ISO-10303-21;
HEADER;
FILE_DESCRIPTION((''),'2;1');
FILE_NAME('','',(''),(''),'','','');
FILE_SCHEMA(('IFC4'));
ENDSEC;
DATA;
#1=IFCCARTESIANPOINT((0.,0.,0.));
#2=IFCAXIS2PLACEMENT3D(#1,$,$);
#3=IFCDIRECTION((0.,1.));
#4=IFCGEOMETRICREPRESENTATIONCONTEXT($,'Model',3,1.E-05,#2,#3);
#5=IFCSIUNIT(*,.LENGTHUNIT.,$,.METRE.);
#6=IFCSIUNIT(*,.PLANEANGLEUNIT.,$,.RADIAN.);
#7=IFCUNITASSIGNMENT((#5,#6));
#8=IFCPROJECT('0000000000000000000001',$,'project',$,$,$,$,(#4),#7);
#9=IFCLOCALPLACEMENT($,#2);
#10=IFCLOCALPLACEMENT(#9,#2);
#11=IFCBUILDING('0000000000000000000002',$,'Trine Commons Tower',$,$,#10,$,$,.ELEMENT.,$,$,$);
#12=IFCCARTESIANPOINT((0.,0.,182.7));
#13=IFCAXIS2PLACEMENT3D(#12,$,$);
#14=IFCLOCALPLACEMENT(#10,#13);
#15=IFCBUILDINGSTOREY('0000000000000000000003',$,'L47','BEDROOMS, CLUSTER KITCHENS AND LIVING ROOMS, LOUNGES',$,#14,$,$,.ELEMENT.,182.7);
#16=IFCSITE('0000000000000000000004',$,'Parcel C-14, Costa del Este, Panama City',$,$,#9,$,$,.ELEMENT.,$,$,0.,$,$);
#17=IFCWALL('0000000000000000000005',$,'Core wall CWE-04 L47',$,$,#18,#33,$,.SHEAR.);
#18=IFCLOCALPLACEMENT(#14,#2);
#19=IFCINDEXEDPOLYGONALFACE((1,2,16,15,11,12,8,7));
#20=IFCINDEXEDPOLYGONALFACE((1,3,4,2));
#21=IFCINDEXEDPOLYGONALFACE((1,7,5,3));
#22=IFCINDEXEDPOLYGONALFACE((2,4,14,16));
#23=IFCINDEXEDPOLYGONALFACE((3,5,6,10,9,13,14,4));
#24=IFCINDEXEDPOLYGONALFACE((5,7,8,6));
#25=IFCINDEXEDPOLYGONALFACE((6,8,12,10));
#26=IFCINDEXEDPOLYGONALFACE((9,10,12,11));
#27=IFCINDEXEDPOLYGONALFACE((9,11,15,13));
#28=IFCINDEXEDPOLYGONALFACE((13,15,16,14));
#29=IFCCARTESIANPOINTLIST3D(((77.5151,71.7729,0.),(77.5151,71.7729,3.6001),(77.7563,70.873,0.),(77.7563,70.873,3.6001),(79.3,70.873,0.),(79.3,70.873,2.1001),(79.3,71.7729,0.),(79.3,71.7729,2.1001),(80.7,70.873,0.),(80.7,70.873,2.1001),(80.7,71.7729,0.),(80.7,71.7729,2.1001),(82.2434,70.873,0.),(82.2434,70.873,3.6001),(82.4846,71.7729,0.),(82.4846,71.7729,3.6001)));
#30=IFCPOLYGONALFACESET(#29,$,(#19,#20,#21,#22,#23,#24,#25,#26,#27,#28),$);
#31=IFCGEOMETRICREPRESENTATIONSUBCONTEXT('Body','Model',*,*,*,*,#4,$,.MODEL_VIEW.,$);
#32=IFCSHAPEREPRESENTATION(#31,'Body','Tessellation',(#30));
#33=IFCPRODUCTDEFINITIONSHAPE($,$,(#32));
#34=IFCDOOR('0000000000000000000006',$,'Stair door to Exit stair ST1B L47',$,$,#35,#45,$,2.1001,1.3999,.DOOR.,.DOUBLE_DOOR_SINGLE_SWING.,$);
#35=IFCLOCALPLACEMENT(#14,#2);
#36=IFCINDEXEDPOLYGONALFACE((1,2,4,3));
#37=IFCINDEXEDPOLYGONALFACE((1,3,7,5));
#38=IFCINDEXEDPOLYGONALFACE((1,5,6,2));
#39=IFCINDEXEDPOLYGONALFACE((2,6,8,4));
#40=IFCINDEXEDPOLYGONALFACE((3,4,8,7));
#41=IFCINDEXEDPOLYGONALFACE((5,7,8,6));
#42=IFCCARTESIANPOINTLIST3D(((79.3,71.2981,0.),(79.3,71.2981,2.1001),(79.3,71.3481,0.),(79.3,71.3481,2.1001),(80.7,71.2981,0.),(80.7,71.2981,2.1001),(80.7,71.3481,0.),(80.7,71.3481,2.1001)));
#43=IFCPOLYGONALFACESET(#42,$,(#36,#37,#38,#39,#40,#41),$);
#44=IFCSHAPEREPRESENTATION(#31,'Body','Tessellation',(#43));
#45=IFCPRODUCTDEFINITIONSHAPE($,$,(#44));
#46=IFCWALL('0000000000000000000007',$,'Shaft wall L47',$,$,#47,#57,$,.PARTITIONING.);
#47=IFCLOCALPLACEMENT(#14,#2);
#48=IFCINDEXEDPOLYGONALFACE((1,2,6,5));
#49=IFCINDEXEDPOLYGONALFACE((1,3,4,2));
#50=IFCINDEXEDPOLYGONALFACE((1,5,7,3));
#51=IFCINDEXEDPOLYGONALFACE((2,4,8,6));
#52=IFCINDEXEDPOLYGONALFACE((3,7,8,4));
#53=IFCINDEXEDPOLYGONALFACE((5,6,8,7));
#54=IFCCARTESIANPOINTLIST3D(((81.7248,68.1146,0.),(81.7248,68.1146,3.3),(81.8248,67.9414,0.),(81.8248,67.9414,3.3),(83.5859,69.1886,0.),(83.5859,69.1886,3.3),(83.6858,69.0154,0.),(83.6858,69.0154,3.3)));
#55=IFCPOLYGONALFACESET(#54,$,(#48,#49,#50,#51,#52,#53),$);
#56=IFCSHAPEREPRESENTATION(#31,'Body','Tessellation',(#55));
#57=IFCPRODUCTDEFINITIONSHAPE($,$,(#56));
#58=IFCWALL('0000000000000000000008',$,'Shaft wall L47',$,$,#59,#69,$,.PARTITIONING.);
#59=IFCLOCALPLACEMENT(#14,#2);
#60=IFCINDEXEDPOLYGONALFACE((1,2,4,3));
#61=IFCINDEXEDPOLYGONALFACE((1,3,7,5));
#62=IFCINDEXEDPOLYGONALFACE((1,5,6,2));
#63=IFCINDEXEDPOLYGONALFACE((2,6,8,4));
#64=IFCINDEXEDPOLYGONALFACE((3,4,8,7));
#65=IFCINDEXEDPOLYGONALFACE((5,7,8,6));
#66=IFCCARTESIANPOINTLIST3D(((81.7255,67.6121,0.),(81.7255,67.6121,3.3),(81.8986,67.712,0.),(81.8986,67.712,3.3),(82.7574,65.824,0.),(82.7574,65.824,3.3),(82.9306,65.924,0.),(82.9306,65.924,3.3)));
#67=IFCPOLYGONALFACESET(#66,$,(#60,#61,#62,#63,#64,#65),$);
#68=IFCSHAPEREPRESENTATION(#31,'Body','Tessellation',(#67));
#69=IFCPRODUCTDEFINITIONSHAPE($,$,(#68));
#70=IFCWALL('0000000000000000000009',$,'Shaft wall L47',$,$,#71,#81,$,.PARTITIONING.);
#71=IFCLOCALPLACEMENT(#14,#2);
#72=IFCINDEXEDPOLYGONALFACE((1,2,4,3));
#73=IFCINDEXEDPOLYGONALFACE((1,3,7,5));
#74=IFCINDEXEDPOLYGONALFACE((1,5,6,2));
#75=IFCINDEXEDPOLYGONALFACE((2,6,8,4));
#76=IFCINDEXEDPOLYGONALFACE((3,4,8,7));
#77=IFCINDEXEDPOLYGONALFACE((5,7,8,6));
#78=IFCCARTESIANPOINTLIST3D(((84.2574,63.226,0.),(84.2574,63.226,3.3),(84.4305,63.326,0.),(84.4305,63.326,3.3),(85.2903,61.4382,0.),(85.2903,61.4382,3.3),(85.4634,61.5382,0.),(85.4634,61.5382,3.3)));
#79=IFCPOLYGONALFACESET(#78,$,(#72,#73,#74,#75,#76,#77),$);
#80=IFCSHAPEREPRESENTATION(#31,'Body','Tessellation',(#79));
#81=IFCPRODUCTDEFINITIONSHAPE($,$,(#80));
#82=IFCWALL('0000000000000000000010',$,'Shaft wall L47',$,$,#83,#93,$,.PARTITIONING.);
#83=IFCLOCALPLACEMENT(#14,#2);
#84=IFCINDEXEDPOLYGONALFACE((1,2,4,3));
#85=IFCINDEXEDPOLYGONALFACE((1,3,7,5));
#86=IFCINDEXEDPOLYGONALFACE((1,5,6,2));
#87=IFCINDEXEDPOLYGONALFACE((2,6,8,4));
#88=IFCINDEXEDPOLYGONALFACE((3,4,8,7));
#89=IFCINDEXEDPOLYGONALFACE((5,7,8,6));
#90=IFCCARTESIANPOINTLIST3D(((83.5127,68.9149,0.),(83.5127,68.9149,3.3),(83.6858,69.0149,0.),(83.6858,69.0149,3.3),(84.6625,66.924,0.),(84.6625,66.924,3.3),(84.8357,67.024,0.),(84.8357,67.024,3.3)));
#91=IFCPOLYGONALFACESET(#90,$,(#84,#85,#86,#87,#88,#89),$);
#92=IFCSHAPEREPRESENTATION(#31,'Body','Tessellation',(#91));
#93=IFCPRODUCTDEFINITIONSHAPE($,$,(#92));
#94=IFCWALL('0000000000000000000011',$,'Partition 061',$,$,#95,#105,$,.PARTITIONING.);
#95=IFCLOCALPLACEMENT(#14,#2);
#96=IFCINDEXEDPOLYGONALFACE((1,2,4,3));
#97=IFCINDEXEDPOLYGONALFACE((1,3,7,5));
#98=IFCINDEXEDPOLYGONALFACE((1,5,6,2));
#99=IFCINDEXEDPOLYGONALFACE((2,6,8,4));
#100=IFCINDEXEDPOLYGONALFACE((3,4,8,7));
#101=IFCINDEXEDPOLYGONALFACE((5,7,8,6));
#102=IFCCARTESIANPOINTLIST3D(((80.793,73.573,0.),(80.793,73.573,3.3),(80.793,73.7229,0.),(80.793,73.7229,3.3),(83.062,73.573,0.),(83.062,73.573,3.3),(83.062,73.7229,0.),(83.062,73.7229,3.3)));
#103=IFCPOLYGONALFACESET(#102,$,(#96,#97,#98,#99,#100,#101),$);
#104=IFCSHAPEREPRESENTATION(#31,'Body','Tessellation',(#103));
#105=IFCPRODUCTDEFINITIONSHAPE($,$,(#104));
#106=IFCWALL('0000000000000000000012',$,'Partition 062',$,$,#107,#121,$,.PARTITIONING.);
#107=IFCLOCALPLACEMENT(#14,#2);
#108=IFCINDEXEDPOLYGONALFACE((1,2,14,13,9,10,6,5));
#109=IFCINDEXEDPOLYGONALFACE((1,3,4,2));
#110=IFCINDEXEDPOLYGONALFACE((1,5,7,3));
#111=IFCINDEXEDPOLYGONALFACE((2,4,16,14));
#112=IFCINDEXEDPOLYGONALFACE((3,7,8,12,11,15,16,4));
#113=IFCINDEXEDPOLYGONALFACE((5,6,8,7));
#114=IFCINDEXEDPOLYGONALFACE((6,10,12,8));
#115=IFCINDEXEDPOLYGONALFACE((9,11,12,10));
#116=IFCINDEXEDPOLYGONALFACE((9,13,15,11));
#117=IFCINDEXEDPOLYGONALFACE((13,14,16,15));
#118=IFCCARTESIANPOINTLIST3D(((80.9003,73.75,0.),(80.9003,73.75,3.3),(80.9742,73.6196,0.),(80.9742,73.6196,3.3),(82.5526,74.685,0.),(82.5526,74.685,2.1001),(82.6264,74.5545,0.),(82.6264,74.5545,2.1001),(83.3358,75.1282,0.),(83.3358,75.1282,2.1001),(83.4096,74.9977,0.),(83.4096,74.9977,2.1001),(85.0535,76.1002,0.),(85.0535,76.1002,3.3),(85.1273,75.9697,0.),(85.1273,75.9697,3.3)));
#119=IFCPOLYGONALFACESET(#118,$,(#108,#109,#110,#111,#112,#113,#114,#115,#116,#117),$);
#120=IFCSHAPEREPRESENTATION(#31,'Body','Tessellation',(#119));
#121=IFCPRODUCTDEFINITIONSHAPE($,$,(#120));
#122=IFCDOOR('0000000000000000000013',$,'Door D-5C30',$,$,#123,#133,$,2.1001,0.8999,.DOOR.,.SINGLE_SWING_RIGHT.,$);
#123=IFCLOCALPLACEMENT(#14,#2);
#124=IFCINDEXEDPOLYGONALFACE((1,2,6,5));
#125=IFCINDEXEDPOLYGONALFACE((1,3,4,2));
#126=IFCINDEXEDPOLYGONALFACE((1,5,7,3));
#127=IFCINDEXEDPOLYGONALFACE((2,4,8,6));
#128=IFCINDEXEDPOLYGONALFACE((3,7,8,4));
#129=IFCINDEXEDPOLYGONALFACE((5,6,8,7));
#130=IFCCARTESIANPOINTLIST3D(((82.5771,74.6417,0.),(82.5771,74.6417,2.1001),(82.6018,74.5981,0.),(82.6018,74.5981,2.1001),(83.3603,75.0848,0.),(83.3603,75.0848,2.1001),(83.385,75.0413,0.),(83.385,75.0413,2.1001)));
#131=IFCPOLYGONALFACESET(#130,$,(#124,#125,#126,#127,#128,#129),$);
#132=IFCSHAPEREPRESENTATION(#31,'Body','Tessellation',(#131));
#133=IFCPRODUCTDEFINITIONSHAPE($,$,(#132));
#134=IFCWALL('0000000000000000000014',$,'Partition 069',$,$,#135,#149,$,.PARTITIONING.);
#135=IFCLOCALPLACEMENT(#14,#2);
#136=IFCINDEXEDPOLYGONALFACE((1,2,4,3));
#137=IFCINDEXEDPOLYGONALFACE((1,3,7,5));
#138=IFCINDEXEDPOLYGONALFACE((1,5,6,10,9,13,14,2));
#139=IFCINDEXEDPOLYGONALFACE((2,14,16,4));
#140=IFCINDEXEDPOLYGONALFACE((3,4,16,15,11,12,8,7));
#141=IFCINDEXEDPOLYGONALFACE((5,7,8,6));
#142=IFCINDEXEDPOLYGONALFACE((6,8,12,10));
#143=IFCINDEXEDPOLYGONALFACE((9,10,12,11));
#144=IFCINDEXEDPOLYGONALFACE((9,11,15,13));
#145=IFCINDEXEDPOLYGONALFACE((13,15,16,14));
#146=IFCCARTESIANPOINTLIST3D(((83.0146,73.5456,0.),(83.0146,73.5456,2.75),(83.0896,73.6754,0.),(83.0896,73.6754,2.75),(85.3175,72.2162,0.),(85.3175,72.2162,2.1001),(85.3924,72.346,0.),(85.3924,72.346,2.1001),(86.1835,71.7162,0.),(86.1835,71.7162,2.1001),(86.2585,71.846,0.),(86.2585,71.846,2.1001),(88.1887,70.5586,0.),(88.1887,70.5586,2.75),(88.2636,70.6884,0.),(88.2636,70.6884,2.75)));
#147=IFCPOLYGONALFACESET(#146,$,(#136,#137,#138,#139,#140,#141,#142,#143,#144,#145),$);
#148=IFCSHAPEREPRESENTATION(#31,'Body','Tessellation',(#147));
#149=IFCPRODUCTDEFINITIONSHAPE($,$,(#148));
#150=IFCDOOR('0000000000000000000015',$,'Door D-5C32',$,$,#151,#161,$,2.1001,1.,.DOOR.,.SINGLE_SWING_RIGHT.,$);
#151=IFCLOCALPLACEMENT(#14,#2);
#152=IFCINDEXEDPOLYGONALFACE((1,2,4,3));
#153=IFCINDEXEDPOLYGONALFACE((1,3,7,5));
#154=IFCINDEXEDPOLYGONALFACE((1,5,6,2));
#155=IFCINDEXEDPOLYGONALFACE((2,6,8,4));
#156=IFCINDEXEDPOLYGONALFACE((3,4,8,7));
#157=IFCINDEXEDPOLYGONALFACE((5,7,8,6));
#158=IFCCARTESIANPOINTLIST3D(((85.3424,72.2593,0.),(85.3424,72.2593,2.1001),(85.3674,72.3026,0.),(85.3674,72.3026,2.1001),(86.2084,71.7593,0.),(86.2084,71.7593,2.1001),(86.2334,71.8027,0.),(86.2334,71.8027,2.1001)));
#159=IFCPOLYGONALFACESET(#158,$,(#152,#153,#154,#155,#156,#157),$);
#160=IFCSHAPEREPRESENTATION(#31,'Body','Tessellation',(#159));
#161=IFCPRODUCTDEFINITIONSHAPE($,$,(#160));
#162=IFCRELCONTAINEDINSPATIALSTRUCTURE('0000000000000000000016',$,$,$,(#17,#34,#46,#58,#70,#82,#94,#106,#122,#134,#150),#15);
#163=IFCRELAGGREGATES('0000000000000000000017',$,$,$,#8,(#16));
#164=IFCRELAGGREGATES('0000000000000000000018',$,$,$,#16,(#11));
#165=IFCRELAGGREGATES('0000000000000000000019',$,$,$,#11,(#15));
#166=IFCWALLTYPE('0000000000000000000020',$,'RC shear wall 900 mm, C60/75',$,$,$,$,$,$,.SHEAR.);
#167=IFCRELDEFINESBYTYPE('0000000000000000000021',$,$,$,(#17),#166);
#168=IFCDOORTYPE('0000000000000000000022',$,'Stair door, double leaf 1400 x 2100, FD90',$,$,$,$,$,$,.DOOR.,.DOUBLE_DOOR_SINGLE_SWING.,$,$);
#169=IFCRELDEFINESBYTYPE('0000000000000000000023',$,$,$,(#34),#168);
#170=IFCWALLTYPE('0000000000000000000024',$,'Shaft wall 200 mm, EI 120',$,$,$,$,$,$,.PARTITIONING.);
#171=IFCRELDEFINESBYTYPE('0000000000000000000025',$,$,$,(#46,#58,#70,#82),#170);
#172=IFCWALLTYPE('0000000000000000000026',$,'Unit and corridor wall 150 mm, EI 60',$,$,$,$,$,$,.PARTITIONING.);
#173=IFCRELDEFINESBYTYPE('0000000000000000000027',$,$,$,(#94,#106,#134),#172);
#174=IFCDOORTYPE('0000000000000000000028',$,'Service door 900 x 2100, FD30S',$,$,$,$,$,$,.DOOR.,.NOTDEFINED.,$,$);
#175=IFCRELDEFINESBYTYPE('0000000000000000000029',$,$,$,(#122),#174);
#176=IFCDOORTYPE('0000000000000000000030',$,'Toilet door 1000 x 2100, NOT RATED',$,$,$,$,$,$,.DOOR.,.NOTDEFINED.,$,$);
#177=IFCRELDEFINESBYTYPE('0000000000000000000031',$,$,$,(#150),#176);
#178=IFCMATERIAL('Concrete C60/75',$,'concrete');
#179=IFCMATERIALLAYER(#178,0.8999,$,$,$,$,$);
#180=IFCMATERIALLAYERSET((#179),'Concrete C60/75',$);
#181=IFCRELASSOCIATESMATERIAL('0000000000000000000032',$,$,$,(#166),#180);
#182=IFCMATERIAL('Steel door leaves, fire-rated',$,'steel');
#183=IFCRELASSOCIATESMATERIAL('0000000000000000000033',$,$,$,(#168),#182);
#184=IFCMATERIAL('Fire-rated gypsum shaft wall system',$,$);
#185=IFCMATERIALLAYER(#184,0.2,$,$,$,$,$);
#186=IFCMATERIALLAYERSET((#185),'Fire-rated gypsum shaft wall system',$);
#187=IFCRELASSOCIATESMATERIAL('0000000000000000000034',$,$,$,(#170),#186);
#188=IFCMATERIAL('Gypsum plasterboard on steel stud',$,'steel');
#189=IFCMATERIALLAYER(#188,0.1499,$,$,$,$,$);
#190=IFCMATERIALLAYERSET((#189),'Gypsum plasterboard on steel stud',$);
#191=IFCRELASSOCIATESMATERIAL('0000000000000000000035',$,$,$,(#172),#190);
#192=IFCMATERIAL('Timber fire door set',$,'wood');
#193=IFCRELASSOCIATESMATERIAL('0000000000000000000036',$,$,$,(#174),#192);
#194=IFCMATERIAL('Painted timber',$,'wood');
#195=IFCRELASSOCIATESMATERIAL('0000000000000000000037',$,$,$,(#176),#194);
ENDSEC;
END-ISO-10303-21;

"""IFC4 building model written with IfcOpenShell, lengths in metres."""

from ifc_helpers import new_model, si_unit, direction, frame, frame_2d, origin, place, context, subcontext, project, spatial, polyline, rectangle, outline, extrude, material, layer, layer_set, type_object, element, fill, save


model = new_model("IFC4")

# Units and contexts
model_context = context("Model", 3, precision=1e-05, world=origin(), true_north=direction((0.0, 1.0)))
body_context = subcontext(model_context, "Body", "Model", "MODEL_VIEW")
ifc_project = project(units=[si_unit("LENGTHUNIT", "METRE"), si_unit("PLANEANGLEUNIT", "RADIAN")], contexts=[model_context])

# Site, building, storey
site_placement = place(None, origin())
site = spatial("IfcSite", under=ifc_project, at=site_placement, Name="Parcel C-14, Costa del Este, Panama City", CompositionType="ELEMENT", RefElevation=0.0)
building_placement = place(site_placement, origin())
building = spatial("IfcBuilding", under=site, at=building_placement, Name="Trine Commons Tower", CompositionType="ELEMENT")
storey_placement = place(building_placement, frame((0.0, 0.0, 182.7)))
storey = spatial("IfcBuildingStorey", under=building, at=storey_placement, Name="L47", Description="BEDROOMS, CLUSTER KITCHENS AND LIVING ROOMS, LOUNGES", CompositionType="ELEMENT", Elevation=182.7)

# Shared definitions
ifc_material_1 = material(Name="Fire-rated gypsum shaft wall system")
ifc_material_2 = material(Name="Concrete C60/75", Category="concrete")

# Wall, opening, door
ifc_layer_1 = layer(ifc_material_2, 0.8999)
ifc_layer_set_1 = layer_set([ifc_layer_1], Name="Concrete C60/75")
wall_type_1 = type_object("IfcWallType", Name="RC shear wall 900 mm, C60/75", PredefinedType="SHEAR", material=ifc_layer_set_1)
wall_1_placement = place(storey_placement, frame((82.4846, 71.323, 0.0), z_axis=(0.0, 0.0, 1.0), x_axis=(-1.0, 0.0, 0.0)))
wall_1 = element("IfcWall", 1, at=wall_1_placement, inside=storey, type_object=wall_type_1, Name="Core wall CWE-04 L47", PredefinedType="SHEAR", context=body_context, shape_type="SweptSolid", body=[
    extrude(outline(polyline([(0.0, -0.45), (4.9695, -0.45), (4.7283, 0.45), (0.2412, 0.45), (0.0, -0.45)])), origin(), (0.0, 0.0, 1.0), 3.6001),
])
opening_1_placement = place(wall_1_placement, frame((1.7847, 0.0, 0.0)))
opening_1 = element("IfcOpeningElement", 2, at=opening_1_placement, cuts=wall_1, PredefinedType="OPENING", context=body_context, shape_type="SweptSolid", body=[
    extrude(rectangle(XDim=1.3999, YDim=2.1001, at=frame_2d((0.7, 1.05))), frame((0.0, 0.46, 0.0), z_axis=(0.0, -1.0, 0.0), x_axis=(1.0, 0.0, 0.0)), (0.0, 0.0, 1.0), 0.9199),
])
ifc_material_3 = material(Name="Steel door leaves, fire-rated", Category="steel")
door_type_1 = type_object("IfcDoorType", Name="Stair door, double leaf 1400 x 2100, FD90", OperationType="DOUBLE_DOOR_SINGLE_SWING", PredefinedType="DOOR", material=ifc_material_3)
door_1_placement = place(opening_1_placement, origin())
door_1 = element("IfcDoor", 3, at=door_1_placement, inside=storey, type_object=door_type_1, Name="Stair door to Exit stair ST1B L47", OperationType="DOUBLE_DOOR_SINGLE_SWING", OverallHeight=2.1001, OverallWidth=1.3999, PredefinedType="DOOR", context=body_context, shape_type="SweptSolid", body=[
    extrude(rectangle(XDim=1.3999, YDim=2.1001, at=frame_2d((0.7, 1.05))), frame((0.0, 0.0249, 0.0), z_axis=(0.0, -1.0, 0.0), x_axis=(1.0, 0.0, 0.0)), (0.0, 0.0, 1.0), 0.05),
])
fill(opening_1, door_1)

# Walls
ifc_layer_2 = layer(ifc_material_1, 0.2)
ifc_layer_set_2 = layer_set([ifc_layer_2], Name="Fire-rated gypsum shaft wall system")
wall_type_2 = type_object("IfcWallType", Name="Shaft wall 200 mm, EI 120", PredefinedType="PARTITIONING", material=ifc_layer_set_2)
wall_2_placement = place(storey_placement, frame((81.7749, 68.0281, 0.0), z_axis=(0.0, 0.0, 1.0), x_axis=(0.866131, 0.499818, 0.0)))
element("IfcWall", 4, at=wall_2_placement, inside=storey, type_object=wall_type_2, Name="Shaft wall L47", PredefinedType="PARTITIONING", context=body_context, shape_type="SweptSolid", body=[
    extrude(rectangle(XDim=2.1487, YDim=0.2, at=frame_2d((1.0742, 0.0))), origin(), (0.0, 0.0, 1.0), 3.3),
])
wall_3_placement = place(storey_placement, frame((82.844, 65.874, 0.0), z_axis=(0.0, 0.0, 1.0), x_axis=(-0.499866, 0.866103, 0.0)))
element("IfcWall", 5, at=wall_3_placement, inside=storey, type_object=wall_type_2, Name="Shaft wall L47", PredefinedType="PARTITIONING", context=body_context, shape_type="SweptSolid", body=[
    extrude(rectangle(XDim=2.0645, YDim=0.2, at=frame_2d((1.0322, 0.0))), origin(), (0.0, 0.0, 1.0), 3.3),
])
wall_4_placement = place(storey_placement, frame((84.344, 63.2759, 0.0), z_axis=(0.0, 0.0, 1.0), x_axis=(0.500272, -0.865868, 0.0)))
element("IfcWall", 6, at=wall_4_placement, inside=storey, type_object=wall_type_2, Name="Shaft wall L47", PredefinedType="PARTITIONING", context=body_context, shape_type="SweptSolid", body=[
    extrude(rectangle(XDim=2.0647, YDim=0.2, at=frame_2d((1.0322, 0.0))), origin(), (0.0, 0.0, 1.0), 3.3),
])
wall_5_placement = place(storey_placement, frame((84.749, 66.9741, 0.0), z_axis=(0.0, 0.0, 1.0), x_axis=(-0.500136, 0.865947, 0.0)))
element("IfcWall", 7, at=wall_5_placement, inside=storey, type_object=wall_type_2, Name="Shaft wall L47", PredefinedType="PARTITIONING", context=body_context, shape_type="SweptSolid", body=[
    extrude(rectangle(XDim=2.2991, YDim=0.2, at=frame_2d((1.1494, 0.0))), origin(), (0.0, 0.0, 1.0), 3.3),
])
ifc_material_4 = material(Name="Gypsum plasterboard on steel stud", Category="steel")
ifc_layer_3 = layer(ifc_material_4, 0.1499)
ifc_layer_set_3 = layer_set([ifc_layer_3], Name="Gypsum plasterboard on steel stud")
wall_type_3 = type_object("IfcWallType", Name="Unit and corridor wall 150 mm, EI 60", PredefinedType="PARTITIONING", material=ifc_layer_set_3)
wall_6_placement = place(storey_placement, frame((80.793, 73.6479, 0.0), z_axis=(0.0, 0.0, 1.0), x_axis=(1.0, 0.0, 0.0)))
element("IfcWall", 8, at=wall_6_placement, inside=storey, type_object=wall_type_3, Name="Partition 061", PredefinedType="PARTITIONING", context=body_context, shape_type="SweptSolid", body=[
    extrude(rectangle(XDim=2.269, YDim=0.1499, at=frame_2d((1.1345, 0.0))), origin(), (0.0, 0.0, 1.0), 3.3),
])

# Walls, openings, doors
wall_7_placement = place(storey_placement, frame((80.9373, 73.6848, 0.0), z_axis=(0.0, 0.0, 1.0), x_axis=(0.87032, 0.492487, 0.0)))
wall_7 = element("IfcWall", 9, at=wall_7_placement, inside=storey, type_object=wall_type_3, Name="Partition 062", PredefinedType="PARTITIONING", context=body_context, shape_type="SweptSolid", body=[
    extrude(rectangle(XDim=4.772, YDim=0.1499, at=frame_2d((2.386, 0.0))), origin(), (0.0, 0.0, 1.0), 3.3),
])
opening_2_placement = place(wall_7_placement, frame((1.8984, 0.0, 0.0)))
opening_2 = element("IfcOpeningElement", 10, at=opening_2_placement, cuts=wall_7, PredefinedType="OPENING", context=body_context, shape_type="SweptSolid", body=[
    extrude(rectangle(XDim=0.8999, YDim=2.1001, at=frame_2d((0.45, 1.05))), frame((0.0, 0.085, 0.0), z_axis=(0.0, -1.0, 0.0), x_axis=(1.0, 0.0, 0.0)), (0.0, 0.0, 1.0), 0.1699),
])
ifc_material_5 = material(Name="Timber fire door set", Category="wood")
door_type_2 = type_object("IfcDoorType", Name="Service door 900 x 2100, FD30S", OperationType="NOTDEFINED", PredefinedType="DOOR", material=ifc_material_5)
door_2_placement = place(opening_2_placement, frame((0.8999, 0.0, 0.0), z_axis=(0.0, 0.0, 1.0), x_axis=(-1.0, 0.0, 0.0)))
door_2 = element("IfcDoor", 11, at=door_2_placement, inside=storey, type_object=door_type_2, Name="Door D-5C30", OperationType="SINGLE_SWING_RIGHT", OverallHeight=2.1001, OverallWidth=0.8999, PredefinedType="DOOR", context=body_context, shape_type="SweptSolid", body=[
    extrude(rectangle(XDim=0.8999, YDim=2.1001, at=frame_2d((0.45, 1.05))), frame((0.0, 0.0249, 0.0), z_axis=(0.0, -1.0, 0.0), x_axis=(1.0, 0.0, 0.0)), (0.0, 0.0, 1.0), 0.05),
])
fill(opening_2, door_2)
wall_8_placement = place(storey_placement, frame((83.052, 73.6106, 0.0), z_axis=(0.0, 0.0, 1.0), x_axis=(0.866039, -0.499976, 0.0)))
wall_8 = element("IfcWall", 12, at=wall_8_placement, inside=storey, type_object=wall_type_3, Name="Partition 069", PredefinedType="PARTITIONING", context=body_context, shape_type="SweptSolid", body=[
    extrude(rectangle(XDim=5.9744, YDim=0.1499, at=frame_2d((2.9873, 0.0))), origin(), (0.0, 0.0, 1.0), 2.75),
])
opening_3_placement = place(wall_8_placement, frame((2.6592, 0.0, 0.0)))
opening_3 = element("IfcOpeningElement", 13, at=opening_3_placement, cuts=wall_8, PredefinedType="OPENING", context=body_context, shape_type="SweptSolid", body=[
    extrude(rectangle(XDim=1.0, YDim=2.1001, at=frame_2d((0.5, 1.05))), frame((0.0, 0.085, 0.0), z_axis=(0.0, -1.0, 0.0), x_axis=(1.0, 0.0, 0.0)), (0.0, 0.0, 1.0), 0.1699),
])
ifc_material_6 = material(Name="Painted timber", Category="wood")
door_type_3 = type_object("IfcDoorType", Name="Toilet door 1000 x 2100, NOT RATED", OperationType="NOTDEFINED", PredefinedType="DOOR", material=ifc_material_6)
door_3_placement = place(opening_3_placement, origin())
door_3 = element("IfcDoor", 14, at=door_3_placement, inside=storey, type_object=door_type_3, Name="Door D-5C32", OperationType="SINGLE_SWING_RIGHT", OverallHeight=2.1001, OverallWidth=1.0, PredefinedType="DOOR", context=body_context, shape_type="SweptSolid", body=[
    extrude(rectangle(XDim=1.0, YDim=2.1001, at=frame_2d((0.5, 1.05))), frame((0.0, 0.0249, 0.0), z_axis=(0.0, -1.0, 0.0), x_axis=(1.0, 0.0, 0.0)), (0.0, 0.0, 1.0), 0.05),
])
fill(opening_3, door_3)

save(model, "model.ifc")
